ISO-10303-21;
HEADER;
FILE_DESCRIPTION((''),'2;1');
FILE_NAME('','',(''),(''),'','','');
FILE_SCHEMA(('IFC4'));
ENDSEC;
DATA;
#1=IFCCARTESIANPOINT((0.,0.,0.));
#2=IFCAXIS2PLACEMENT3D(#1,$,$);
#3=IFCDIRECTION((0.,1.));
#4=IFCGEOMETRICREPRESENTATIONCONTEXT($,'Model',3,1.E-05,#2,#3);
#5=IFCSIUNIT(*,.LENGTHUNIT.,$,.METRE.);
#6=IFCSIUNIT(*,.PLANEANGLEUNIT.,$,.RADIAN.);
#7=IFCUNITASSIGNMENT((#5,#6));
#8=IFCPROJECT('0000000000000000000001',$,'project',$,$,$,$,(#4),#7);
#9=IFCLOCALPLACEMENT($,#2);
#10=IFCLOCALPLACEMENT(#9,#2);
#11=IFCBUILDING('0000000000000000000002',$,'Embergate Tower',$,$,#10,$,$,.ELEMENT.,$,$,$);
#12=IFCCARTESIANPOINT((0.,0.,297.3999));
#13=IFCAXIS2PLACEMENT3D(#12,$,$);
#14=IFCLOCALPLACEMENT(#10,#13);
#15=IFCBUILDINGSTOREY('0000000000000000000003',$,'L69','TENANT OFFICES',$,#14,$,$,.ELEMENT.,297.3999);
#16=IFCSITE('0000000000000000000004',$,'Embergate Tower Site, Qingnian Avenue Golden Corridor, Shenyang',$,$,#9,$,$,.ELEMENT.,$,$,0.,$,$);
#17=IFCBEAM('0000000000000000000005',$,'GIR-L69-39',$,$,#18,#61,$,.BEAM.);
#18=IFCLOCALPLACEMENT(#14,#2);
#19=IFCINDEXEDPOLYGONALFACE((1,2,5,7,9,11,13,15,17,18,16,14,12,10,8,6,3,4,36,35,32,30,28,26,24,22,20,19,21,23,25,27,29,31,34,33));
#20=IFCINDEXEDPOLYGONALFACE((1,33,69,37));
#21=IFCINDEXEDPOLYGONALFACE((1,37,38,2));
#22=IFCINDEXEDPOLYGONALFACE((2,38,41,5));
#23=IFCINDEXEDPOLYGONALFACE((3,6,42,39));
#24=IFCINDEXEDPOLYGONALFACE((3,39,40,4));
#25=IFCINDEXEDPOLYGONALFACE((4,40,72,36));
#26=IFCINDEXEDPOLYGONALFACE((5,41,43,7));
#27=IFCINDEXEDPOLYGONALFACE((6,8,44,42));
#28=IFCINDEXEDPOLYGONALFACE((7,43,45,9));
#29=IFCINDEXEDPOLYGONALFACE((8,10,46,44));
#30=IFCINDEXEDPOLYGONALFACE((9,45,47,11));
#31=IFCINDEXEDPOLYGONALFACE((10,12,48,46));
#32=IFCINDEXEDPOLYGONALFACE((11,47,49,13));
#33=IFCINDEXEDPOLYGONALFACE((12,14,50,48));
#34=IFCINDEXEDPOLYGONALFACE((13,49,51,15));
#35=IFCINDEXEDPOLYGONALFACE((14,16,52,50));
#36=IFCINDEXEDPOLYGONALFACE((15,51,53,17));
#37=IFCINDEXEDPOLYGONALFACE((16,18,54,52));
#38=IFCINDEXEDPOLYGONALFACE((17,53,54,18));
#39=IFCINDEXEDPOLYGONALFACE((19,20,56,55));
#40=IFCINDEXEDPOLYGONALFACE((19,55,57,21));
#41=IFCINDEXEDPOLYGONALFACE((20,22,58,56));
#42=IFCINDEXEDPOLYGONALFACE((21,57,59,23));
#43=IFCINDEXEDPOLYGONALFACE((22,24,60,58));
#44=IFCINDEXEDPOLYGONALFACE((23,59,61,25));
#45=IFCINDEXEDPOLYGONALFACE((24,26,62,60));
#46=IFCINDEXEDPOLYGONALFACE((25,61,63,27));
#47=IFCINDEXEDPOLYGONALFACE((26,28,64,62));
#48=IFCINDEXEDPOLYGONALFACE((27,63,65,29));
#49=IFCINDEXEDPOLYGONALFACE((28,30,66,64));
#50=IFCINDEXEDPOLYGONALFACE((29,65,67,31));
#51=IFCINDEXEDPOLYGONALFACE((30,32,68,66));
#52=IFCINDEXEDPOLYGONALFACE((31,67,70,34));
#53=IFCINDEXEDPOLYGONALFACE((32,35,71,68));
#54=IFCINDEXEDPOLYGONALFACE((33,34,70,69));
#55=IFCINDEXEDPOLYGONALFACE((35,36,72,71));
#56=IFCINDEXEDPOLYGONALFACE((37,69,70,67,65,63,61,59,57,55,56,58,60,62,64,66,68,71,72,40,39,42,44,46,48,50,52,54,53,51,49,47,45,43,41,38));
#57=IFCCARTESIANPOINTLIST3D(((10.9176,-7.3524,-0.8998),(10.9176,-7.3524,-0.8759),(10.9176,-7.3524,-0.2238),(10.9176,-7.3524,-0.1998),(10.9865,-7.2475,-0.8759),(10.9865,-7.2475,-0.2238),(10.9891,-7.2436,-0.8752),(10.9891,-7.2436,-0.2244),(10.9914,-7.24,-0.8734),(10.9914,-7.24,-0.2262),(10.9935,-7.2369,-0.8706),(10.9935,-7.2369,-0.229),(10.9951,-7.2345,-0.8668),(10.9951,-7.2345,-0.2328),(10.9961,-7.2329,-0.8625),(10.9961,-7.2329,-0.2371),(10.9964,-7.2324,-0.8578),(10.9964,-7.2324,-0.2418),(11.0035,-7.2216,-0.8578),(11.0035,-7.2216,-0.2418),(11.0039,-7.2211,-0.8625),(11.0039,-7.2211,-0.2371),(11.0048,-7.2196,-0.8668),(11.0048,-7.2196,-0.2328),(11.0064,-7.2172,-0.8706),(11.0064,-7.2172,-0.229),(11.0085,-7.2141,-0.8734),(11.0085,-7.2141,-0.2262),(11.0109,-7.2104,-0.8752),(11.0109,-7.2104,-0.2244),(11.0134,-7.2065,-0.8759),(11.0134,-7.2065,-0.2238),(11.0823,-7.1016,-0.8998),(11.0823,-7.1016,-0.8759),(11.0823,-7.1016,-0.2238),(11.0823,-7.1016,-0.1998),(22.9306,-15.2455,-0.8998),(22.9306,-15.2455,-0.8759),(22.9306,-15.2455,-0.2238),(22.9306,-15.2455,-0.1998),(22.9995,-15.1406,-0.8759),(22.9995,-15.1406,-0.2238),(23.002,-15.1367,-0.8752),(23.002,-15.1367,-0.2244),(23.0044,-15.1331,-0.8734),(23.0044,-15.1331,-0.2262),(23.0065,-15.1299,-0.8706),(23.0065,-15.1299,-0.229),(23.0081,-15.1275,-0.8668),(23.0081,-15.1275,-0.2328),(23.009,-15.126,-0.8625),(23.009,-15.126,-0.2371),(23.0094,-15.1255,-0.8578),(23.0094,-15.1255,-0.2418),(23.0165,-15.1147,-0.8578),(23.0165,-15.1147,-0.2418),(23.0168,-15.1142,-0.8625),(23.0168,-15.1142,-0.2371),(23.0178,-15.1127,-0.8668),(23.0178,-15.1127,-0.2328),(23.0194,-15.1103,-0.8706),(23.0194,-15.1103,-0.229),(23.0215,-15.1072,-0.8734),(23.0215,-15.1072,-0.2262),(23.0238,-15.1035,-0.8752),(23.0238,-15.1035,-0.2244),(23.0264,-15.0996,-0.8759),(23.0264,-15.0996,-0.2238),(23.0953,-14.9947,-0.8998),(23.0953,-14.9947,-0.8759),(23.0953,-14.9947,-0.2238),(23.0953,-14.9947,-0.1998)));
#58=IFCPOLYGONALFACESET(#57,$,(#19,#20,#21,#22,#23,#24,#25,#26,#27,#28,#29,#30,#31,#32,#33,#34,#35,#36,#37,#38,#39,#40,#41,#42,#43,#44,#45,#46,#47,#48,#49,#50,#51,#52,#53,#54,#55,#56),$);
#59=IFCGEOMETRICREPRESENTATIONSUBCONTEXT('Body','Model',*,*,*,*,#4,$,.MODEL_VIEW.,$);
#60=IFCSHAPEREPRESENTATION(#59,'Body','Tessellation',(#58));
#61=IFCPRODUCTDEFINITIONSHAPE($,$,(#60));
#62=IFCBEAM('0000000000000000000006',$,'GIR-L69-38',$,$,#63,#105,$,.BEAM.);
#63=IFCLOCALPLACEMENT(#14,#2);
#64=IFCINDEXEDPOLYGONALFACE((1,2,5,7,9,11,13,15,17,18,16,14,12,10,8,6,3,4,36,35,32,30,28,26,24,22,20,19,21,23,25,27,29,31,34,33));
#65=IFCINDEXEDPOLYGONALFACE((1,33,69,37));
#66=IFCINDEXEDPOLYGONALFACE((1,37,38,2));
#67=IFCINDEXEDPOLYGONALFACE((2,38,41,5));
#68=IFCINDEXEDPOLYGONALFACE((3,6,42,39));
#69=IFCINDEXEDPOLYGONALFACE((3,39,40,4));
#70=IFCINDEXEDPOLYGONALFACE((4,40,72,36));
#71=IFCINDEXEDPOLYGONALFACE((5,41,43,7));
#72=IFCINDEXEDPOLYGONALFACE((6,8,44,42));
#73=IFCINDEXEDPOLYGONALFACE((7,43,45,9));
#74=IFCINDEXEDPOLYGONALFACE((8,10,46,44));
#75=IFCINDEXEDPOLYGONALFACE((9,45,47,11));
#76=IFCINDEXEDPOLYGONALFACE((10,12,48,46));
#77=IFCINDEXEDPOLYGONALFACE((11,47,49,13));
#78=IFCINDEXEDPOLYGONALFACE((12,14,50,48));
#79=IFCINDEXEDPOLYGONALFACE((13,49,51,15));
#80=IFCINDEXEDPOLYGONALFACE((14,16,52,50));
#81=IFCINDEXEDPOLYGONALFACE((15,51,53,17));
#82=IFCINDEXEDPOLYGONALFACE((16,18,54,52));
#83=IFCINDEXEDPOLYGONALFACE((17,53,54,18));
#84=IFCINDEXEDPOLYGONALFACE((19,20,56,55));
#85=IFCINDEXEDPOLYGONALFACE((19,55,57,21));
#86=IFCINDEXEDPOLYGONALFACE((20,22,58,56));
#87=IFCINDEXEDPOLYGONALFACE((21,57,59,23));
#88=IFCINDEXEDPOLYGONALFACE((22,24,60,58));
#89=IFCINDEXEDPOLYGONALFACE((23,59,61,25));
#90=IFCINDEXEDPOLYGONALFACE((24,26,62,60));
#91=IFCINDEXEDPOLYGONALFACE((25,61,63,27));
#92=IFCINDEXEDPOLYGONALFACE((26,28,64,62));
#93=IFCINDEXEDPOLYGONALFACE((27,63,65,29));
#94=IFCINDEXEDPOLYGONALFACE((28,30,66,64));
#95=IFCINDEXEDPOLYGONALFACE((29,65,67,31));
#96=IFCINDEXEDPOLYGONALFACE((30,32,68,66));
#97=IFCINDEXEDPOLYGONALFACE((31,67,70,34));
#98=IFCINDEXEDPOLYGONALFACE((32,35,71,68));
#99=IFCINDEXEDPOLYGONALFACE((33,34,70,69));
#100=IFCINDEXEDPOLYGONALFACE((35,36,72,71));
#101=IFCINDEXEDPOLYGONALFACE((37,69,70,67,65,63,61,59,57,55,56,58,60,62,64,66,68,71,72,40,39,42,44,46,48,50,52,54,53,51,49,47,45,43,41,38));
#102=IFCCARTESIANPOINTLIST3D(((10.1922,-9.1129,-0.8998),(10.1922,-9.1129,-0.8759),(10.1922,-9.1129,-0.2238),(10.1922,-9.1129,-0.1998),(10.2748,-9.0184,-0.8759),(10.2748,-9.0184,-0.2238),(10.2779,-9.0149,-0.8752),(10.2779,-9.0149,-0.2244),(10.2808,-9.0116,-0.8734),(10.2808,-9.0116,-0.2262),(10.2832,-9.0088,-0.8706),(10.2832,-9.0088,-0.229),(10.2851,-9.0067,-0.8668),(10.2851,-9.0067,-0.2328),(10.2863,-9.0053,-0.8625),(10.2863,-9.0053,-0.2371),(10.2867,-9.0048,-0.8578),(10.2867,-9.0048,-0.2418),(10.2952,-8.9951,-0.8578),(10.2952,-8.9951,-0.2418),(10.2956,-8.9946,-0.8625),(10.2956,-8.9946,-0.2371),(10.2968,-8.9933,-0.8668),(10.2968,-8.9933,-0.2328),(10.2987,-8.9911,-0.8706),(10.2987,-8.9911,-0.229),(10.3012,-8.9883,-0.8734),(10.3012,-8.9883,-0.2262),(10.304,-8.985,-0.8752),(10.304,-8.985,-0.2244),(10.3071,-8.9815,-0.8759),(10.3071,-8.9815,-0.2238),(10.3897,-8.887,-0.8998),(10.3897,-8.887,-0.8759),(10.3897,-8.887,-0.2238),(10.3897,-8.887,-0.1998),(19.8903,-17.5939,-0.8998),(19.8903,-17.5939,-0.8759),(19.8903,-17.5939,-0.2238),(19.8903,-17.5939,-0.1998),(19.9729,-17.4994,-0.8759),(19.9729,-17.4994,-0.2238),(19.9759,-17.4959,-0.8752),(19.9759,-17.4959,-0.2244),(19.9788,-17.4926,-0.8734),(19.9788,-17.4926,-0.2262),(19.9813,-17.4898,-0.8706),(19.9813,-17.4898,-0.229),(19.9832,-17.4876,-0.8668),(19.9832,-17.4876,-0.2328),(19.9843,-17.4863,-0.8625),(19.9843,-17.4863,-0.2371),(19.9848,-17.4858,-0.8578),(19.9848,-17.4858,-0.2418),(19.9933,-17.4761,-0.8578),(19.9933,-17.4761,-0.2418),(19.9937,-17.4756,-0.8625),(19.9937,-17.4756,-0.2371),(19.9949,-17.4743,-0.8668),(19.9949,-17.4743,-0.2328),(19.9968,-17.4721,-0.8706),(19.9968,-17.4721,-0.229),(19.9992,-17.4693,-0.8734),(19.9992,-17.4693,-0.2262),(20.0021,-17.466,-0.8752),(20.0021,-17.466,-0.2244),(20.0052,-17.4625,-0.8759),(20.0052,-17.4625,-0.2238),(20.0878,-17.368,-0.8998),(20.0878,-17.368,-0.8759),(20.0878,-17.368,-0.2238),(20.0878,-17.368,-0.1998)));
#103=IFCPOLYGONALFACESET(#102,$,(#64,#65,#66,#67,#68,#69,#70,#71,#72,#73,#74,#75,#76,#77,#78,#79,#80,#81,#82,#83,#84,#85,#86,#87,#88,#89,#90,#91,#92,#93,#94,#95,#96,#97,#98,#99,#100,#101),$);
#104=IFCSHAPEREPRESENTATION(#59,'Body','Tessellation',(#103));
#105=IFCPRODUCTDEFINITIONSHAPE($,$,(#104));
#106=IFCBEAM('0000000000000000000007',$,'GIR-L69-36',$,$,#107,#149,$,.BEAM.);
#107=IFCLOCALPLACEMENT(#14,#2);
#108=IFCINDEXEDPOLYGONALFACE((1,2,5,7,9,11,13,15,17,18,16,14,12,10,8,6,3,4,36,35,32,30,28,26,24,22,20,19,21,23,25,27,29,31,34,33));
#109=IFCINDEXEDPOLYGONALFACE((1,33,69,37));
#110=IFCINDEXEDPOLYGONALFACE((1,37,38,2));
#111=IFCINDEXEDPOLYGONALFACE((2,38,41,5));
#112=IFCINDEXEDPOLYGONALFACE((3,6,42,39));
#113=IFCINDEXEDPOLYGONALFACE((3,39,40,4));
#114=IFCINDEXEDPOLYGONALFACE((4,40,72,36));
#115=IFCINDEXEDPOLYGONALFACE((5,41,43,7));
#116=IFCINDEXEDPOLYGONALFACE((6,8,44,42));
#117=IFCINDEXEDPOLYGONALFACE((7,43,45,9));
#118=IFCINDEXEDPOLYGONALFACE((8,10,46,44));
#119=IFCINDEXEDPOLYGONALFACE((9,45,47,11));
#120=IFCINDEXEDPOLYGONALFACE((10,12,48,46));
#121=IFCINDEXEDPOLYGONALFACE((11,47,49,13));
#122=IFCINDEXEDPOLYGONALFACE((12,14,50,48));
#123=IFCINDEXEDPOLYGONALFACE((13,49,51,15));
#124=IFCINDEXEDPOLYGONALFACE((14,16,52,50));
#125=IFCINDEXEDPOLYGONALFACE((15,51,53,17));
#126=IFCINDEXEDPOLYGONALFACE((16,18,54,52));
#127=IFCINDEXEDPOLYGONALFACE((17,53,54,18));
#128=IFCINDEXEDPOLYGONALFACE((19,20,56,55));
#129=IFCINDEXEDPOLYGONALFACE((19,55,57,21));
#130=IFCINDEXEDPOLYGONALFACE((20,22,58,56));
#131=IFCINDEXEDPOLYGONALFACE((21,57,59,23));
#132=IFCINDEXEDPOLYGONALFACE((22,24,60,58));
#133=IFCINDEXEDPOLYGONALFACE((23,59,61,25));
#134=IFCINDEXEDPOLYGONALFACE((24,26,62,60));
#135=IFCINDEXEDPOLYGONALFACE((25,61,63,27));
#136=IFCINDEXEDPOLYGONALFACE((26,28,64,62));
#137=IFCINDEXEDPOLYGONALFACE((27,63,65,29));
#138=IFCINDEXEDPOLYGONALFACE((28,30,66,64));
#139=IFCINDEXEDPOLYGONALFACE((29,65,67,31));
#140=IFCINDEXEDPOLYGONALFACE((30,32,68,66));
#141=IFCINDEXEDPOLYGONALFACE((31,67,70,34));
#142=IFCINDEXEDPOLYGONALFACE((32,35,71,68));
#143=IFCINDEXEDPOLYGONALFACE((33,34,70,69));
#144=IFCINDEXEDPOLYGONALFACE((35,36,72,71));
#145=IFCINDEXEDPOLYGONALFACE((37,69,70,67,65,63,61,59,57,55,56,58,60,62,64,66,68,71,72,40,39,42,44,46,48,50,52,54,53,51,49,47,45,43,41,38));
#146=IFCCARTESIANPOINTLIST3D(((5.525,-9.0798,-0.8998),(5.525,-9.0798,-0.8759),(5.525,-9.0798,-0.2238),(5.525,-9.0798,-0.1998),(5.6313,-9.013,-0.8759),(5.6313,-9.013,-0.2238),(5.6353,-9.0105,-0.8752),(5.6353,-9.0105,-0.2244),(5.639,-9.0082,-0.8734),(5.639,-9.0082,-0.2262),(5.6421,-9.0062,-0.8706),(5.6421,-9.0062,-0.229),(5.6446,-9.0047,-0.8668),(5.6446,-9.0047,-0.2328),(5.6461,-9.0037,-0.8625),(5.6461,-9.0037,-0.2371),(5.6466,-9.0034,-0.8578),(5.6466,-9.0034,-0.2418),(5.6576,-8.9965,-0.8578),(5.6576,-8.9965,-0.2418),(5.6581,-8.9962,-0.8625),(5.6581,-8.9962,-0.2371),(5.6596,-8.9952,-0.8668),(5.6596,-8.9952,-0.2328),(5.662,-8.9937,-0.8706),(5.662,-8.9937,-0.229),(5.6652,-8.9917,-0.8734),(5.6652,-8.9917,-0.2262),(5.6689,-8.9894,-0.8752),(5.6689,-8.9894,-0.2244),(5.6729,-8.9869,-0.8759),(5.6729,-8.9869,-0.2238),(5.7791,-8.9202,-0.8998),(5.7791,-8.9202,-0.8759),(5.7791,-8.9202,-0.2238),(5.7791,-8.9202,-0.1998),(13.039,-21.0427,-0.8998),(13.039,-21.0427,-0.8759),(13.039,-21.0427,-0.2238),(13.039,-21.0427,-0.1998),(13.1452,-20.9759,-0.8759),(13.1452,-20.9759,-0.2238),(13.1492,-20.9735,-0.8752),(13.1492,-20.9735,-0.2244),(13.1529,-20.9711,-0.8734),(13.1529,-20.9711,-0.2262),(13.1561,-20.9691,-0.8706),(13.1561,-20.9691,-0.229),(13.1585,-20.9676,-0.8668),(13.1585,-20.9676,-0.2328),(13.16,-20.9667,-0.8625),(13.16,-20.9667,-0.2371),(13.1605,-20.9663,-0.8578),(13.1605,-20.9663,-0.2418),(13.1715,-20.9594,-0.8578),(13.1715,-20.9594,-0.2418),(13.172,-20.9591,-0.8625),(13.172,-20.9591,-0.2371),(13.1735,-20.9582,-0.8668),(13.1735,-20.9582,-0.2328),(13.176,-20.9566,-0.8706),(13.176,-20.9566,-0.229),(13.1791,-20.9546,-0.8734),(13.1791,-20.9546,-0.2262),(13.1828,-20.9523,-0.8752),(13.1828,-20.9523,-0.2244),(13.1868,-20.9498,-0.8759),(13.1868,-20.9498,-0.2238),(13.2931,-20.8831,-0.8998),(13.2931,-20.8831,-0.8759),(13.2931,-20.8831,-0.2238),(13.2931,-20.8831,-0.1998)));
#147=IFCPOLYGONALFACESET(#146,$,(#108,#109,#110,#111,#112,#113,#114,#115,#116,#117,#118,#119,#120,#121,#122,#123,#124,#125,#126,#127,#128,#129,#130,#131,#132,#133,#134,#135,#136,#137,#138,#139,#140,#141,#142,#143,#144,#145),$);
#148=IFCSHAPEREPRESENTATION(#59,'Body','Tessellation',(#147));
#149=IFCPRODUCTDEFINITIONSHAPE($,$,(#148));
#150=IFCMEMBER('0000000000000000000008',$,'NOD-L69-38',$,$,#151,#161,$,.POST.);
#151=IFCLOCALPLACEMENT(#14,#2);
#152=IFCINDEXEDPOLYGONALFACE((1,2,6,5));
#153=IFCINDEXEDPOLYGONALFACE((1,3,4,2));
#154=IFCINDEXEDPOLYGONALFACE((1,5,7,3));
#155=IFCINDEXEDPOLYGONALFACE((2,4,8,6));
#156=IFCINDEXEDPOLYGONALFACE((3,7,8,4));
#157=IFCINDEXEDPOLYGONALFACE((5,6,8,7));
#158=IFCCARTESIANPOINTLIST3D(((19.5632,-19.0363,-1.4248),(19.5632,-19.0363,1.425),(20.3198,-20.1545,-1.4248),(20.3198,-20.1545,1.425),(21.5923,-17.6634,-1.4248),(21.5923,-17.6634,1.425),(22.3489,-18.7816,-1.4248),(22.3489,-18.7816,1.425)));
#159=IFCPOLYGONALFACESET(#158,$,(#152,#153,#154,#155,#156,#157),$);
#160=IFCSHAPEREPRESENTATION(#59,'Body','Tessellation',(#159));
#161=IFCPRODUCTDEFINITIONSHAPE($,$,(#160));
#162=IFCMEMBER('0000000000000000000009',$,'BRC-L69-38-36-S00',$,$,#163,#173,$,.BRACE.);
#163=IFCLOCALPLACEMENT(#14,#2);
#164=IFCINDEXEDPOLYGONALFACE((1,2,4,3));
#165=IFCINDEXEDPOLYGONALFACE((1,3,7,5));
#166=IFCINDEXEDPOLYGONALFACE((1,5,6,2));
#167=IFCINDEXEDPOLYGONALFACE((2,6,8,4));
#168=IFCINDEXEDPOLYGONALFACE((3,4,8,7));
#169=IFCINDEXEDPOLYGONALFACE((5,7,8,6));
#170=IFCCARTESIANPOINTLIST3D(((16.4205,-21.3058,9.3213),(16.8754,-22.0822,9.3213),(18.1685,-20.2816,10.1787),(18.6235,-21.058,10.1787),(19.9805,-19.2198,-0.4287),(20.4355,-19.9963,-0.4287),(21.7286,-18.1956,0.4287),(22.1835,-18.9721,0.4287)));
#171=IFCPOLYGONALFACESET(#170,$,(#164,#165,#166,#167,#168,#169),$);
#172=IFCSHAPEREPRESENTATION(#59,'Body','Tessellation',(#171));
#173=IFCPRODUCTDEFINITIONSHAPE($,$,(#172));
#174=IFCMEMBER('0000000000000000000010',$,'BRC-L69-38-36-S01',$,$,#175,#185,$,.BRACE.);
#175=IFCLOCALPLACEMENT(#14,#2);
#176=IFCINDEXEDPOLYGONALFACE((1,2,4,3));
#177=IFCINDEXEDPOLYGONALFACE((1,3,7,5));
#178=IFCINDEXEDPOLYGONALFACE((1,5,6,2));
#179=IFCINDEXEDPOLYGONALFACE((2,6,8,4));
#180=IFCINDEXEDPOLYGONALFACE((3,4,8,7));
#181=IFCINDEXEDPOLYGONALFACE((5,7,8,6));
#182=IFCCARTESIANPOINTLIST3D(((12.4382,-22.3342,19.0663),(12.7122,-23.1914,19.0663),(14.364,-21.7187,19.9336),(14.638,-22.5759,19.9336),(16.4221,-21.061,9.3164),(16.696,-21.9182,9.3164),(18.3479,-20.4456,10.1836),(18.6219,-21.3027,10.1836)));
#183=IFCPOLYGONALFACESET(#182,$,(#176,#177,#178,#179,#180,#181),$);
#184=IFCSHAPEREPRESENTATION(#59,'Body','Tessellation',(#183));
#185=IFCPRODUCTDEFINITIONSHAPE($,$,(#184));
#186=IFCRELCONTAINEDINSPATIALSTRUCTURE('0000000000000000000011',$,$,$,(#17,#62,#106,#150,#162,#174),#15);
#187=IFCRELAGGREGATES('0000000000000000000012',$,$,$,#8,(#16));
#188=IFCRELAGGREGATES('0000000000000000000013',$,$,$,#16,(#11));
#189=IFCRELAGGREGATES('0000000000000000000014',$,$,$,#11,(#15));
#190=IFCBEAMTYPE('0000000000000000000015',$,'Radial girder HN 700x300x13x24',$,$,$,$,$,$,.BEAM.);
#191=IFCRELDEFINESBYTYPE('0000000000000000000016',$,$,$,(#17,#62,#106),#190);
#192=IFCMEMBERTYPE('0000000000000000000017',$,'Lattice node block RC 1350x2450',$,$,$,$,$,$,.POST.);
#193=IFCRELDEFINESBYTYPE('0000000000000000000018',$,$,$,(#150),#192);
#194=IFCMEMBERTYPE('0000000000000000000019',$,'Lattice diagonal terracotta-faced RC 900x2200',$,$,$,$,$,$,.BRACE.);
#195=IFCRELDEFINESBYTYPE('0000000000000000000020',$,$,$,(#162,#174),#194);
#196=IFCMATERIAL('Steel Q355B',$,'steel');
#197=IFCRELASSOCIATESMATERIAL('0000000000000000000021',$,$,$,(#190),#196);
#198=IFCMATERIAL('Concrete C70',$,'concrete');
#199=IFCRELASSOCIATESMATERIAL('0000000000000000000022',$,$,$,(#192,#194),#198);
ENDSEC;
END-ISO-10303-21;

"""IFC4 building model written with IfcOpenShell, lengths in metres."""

from ifc_helpers import new_model, si_unit, direction, frame, origin, origin_2d, place, context, subcontext, project, spatial, rectangle, i_section, extrude, source, transform, mapped, material, material_profile, profile_set, type_object, element, save


model = new_model("IFC4")

# Units and contexts
model_context = context("Model", 3, precision=1e-05, world=origin(), true_north=direction((0.0, 1.0)))
body_context = subcontext(model_context, "Body", "Model", "MODEL_VIEW")
ifc_project = project(units=[si_unit("LENGTHUNIT", "METRE"), si_unit("PLANEANGLEUNIT", "RADIAN")], contexts=[model_context])

# Site, building, storey
site_placement = place(None, origin())
site = spatial("IfcSite", under=ifc_project, at=site_placement, Name="Embergate Tower Site, Qingnian Avenue Golden Corridor, Shenyang", CompositionType="ELEMENT", RefElevation=0.0)
building_placement = place(site_placement, origin())
building = spatial("IfcBuilding", under=site, at=building_placement, Name="Embergate Tower", CompositionType="ELEMENT")
storey_placement = place(building_placement, frame((0.0, 0.0, 297.3999)))
storey = spatial("IfcBuildingStorey", under=building, at=storey_placement, Name="L69", Description="TENANT OFFICES", CompositionType="ELEMENT", Elevation=297.3999)

# Beams
ifc_material_1 = material(Name="Steel Q355B", Category="steel")
ifc_material_profile_1 = material_profile(ifc_material_1, i_section(OverallWidth=0.3, OverallDepth=0.7, WebThickness=0.0129, FlangeThickness=0.0239, FilletRadius=0.0181, at=origin_2d()), Name="HN 700x300x13x24")
ifc_profile_set_1 = profile_set([ifc_material_profile_1], Name="Steel Q355 grade B")
beam_type_1 = type_object("IfcBeamType", Name="Radial girder HN 700x300x13x24", PredefinedType="BEAM", material=ifc_profile_set_1)
shared_shape_1 = source(origin(), body_context, "Body", "SweptSolid", [
    extrude(i_section(OverallWidth=0.3, OverallDepth=0.7, WebThickness=0.0129, FlangeThickness=0.0239, FilletRadius=0.0181, at=origin_2d()), origin(), (0.0, 0.0, 1.0), 14.374),
])
beam_1_placement = place(storey_placement, frame((23.0129, -15.1201, -0.5498), z_axis=(-0.835742, 0.549122, 0.0), x_axis=(-0.549122, -0.835742, 0.0)))
element("IfcBeam", 1, at=beam_1_placement, inside=storey, type_object=beam_type_1, Name="GIR-L69-39", PredefinedType="BEAM", context=body_context, shape_type="MappedRepresentation", body=[
    mapped(shared_shape_1, transform((0.0, 0.0, 0.0))),
])
shared_shape_2 = source(origin(), body_context, "Body", "SweptSolid", [
    extrude(i_section(OverallWidth=0.3, OverallDepth=0.7, WebThickness=0.0129, FlangeThickness=0.0239, FilletRadius=0.0181, at=origin_2d()), origin(), (0.0, 0.0, 1.0), 12.8833),
])
beam_2_placement = place(storey_placement, frame((19.989, -17.481, -0.5498), z_axis=(-0.752761, 0.658294, 0.0), x_axis=(-0.658294, -0.752761, 0.0)))
element("IfcBeam", 2, at=beam_2_placement, inside=storey, type_object=beam_type_1, Name="GIR-L69-38", PredefinedType="BEAM", context=body_context, shape_type="MappedRepresentation", body=[
    mapped(shared_shape_2, transform((0.0, 0.0, 0.0))),
])
shared_shape_3 = source(origin(), body_context, "Body", "SweptSolid", [
    extrude(i_section(OverallWidth=0.3, OverallDepth=0.7, WebThickness=0.0129, FlangeThickness=0.0239, FilletRadius=0.0181, at=origin_2d()), origin(), (0.0, 0.0, 1.0), 14.127),
])
beam_3_placement = place(storey_placement, frame((13.166, -20.9629, -0.5498), z_axis=(-0.531887, 0.846816, 0.0), x_axis=(-0.846816, -0.531887, 0.0)))
element("IfcBeam", 3, at=beam_3_placement, inside=storey, type_object=beam_type_1, Name="GIR-L69-36", PredefinedType="BEAM", context=body_context, shape_type="MappedRepresentation", body=[
    mapped(shared_shape_3, transform((0.0, 0.0, 0.0))),
])

# Members
ifc_material_2 = material(Name="Concrete C70", Category="concrete")
ifc_material_profile_2 = material_profile(ifc_material_2, rectangle(XDim=1.3501, YDim=2.45, at=origin_2d()), Name="RC 1350x2450")
ifc_profile_set_2 = profile_set([ifc_material_profile_2], Name="Concrete C70")
member_type_1 = type_object("IfcMemberType", Name="Lattice node block RC 1350x2450", PredefinedType="POST", material=ifc_profile_set_2)
shared_shape_4 = source(origin(), body_context, "Body", "SweptSolid", [
    extrude(rectangle(XDim=1.3501, YDim=2.45, at=origin_2d()), origin(), (0.0, 0.0, 1.0), 2.8499),
])
member_1_placement = place(storey_placement, frame((20.9561, -18.9089, -1.4248), z_axis=(0.0, 0.0, 1.0), x_axis=(0.560393, -0.828227, 0.0)))
element("IfcMember", 4, at=member_1_placement, inside=storey, type_object=member_type_1, Name="NOD-L69-38", PredefinedType="POST", context=body_context, shape_type="MappedRepresentation", body=[
    mapped(shared_shape_4, transform((0.0, 0.0, 0.0))),
])
ifc_material_profile_3 = material_profile(ifc_material_2, rectangle(XDim=0.8999, YDim=2.2, at=origin_2d()), Name="RC 900x2200")
ifc_profile_set_3 = profile_set([ifc_material_profile_3], Name="Concrete C70")
member_type_2 = type_object("IfcMemberType", Name="Lattice diagonal terracotta-faced RC 900x2200", PredefinedType="BRACE", material=ifc_profile_set_3)
shared_shape_5 = source(origin(), body_context, "Body", "SweptSolid", [
    extrude(rectangle(XDim=0.8999, YDim=2.2, at=origin_2d()), origin(), (0.0, 0.0, 1.0), 10.5872),
])
member_2_placement = place(storey_placement, frame((21.082, -19.0959, 0.0), z_axis=(-0.336262, -0.197025, 0.920928), x_axis=(0.50554, -0.862803, 0.0)))
element("IfcMember", 5, at=member_2_placement, inside=storey, type_object=member_type_2, Name="BRC-L69-38-36-S00", PredefinedType="BRACE", context=body_context, shape_type="MappedRepresentation", body=[
    mapped(shared_shape_5, transform((0.0, 0.0, 0.0))),
])
shared_shape_6 = source(origin(), body_context, "Body", "SweptSolid", [
    extrude(rectangle(XDim=0.8999, YDim=2.2, at=origin_2d()), origin(), (0.0, 0.0, 1.0), 10.6091),
])
member_3_placement = place(storey_placement, frame((17.522, -21.1819, 9.75), z_axis=(-0.375513, -0.120009, 0.919015), x_axis=(0.304418, -0.952539, 0.0)))
element("IfcMember", 6, at=member_3_placement, inside=storey, type_object=member_type_2, Name="BRC-L69-38-36-S01", PredefinedType="BRACE", context=body_context, shape_type="MappedRepresentation", body=[
    mapped(shared_shape_6, transform((0.0, 0.0, 0.0))),
])

save(model, "model.ifc")
